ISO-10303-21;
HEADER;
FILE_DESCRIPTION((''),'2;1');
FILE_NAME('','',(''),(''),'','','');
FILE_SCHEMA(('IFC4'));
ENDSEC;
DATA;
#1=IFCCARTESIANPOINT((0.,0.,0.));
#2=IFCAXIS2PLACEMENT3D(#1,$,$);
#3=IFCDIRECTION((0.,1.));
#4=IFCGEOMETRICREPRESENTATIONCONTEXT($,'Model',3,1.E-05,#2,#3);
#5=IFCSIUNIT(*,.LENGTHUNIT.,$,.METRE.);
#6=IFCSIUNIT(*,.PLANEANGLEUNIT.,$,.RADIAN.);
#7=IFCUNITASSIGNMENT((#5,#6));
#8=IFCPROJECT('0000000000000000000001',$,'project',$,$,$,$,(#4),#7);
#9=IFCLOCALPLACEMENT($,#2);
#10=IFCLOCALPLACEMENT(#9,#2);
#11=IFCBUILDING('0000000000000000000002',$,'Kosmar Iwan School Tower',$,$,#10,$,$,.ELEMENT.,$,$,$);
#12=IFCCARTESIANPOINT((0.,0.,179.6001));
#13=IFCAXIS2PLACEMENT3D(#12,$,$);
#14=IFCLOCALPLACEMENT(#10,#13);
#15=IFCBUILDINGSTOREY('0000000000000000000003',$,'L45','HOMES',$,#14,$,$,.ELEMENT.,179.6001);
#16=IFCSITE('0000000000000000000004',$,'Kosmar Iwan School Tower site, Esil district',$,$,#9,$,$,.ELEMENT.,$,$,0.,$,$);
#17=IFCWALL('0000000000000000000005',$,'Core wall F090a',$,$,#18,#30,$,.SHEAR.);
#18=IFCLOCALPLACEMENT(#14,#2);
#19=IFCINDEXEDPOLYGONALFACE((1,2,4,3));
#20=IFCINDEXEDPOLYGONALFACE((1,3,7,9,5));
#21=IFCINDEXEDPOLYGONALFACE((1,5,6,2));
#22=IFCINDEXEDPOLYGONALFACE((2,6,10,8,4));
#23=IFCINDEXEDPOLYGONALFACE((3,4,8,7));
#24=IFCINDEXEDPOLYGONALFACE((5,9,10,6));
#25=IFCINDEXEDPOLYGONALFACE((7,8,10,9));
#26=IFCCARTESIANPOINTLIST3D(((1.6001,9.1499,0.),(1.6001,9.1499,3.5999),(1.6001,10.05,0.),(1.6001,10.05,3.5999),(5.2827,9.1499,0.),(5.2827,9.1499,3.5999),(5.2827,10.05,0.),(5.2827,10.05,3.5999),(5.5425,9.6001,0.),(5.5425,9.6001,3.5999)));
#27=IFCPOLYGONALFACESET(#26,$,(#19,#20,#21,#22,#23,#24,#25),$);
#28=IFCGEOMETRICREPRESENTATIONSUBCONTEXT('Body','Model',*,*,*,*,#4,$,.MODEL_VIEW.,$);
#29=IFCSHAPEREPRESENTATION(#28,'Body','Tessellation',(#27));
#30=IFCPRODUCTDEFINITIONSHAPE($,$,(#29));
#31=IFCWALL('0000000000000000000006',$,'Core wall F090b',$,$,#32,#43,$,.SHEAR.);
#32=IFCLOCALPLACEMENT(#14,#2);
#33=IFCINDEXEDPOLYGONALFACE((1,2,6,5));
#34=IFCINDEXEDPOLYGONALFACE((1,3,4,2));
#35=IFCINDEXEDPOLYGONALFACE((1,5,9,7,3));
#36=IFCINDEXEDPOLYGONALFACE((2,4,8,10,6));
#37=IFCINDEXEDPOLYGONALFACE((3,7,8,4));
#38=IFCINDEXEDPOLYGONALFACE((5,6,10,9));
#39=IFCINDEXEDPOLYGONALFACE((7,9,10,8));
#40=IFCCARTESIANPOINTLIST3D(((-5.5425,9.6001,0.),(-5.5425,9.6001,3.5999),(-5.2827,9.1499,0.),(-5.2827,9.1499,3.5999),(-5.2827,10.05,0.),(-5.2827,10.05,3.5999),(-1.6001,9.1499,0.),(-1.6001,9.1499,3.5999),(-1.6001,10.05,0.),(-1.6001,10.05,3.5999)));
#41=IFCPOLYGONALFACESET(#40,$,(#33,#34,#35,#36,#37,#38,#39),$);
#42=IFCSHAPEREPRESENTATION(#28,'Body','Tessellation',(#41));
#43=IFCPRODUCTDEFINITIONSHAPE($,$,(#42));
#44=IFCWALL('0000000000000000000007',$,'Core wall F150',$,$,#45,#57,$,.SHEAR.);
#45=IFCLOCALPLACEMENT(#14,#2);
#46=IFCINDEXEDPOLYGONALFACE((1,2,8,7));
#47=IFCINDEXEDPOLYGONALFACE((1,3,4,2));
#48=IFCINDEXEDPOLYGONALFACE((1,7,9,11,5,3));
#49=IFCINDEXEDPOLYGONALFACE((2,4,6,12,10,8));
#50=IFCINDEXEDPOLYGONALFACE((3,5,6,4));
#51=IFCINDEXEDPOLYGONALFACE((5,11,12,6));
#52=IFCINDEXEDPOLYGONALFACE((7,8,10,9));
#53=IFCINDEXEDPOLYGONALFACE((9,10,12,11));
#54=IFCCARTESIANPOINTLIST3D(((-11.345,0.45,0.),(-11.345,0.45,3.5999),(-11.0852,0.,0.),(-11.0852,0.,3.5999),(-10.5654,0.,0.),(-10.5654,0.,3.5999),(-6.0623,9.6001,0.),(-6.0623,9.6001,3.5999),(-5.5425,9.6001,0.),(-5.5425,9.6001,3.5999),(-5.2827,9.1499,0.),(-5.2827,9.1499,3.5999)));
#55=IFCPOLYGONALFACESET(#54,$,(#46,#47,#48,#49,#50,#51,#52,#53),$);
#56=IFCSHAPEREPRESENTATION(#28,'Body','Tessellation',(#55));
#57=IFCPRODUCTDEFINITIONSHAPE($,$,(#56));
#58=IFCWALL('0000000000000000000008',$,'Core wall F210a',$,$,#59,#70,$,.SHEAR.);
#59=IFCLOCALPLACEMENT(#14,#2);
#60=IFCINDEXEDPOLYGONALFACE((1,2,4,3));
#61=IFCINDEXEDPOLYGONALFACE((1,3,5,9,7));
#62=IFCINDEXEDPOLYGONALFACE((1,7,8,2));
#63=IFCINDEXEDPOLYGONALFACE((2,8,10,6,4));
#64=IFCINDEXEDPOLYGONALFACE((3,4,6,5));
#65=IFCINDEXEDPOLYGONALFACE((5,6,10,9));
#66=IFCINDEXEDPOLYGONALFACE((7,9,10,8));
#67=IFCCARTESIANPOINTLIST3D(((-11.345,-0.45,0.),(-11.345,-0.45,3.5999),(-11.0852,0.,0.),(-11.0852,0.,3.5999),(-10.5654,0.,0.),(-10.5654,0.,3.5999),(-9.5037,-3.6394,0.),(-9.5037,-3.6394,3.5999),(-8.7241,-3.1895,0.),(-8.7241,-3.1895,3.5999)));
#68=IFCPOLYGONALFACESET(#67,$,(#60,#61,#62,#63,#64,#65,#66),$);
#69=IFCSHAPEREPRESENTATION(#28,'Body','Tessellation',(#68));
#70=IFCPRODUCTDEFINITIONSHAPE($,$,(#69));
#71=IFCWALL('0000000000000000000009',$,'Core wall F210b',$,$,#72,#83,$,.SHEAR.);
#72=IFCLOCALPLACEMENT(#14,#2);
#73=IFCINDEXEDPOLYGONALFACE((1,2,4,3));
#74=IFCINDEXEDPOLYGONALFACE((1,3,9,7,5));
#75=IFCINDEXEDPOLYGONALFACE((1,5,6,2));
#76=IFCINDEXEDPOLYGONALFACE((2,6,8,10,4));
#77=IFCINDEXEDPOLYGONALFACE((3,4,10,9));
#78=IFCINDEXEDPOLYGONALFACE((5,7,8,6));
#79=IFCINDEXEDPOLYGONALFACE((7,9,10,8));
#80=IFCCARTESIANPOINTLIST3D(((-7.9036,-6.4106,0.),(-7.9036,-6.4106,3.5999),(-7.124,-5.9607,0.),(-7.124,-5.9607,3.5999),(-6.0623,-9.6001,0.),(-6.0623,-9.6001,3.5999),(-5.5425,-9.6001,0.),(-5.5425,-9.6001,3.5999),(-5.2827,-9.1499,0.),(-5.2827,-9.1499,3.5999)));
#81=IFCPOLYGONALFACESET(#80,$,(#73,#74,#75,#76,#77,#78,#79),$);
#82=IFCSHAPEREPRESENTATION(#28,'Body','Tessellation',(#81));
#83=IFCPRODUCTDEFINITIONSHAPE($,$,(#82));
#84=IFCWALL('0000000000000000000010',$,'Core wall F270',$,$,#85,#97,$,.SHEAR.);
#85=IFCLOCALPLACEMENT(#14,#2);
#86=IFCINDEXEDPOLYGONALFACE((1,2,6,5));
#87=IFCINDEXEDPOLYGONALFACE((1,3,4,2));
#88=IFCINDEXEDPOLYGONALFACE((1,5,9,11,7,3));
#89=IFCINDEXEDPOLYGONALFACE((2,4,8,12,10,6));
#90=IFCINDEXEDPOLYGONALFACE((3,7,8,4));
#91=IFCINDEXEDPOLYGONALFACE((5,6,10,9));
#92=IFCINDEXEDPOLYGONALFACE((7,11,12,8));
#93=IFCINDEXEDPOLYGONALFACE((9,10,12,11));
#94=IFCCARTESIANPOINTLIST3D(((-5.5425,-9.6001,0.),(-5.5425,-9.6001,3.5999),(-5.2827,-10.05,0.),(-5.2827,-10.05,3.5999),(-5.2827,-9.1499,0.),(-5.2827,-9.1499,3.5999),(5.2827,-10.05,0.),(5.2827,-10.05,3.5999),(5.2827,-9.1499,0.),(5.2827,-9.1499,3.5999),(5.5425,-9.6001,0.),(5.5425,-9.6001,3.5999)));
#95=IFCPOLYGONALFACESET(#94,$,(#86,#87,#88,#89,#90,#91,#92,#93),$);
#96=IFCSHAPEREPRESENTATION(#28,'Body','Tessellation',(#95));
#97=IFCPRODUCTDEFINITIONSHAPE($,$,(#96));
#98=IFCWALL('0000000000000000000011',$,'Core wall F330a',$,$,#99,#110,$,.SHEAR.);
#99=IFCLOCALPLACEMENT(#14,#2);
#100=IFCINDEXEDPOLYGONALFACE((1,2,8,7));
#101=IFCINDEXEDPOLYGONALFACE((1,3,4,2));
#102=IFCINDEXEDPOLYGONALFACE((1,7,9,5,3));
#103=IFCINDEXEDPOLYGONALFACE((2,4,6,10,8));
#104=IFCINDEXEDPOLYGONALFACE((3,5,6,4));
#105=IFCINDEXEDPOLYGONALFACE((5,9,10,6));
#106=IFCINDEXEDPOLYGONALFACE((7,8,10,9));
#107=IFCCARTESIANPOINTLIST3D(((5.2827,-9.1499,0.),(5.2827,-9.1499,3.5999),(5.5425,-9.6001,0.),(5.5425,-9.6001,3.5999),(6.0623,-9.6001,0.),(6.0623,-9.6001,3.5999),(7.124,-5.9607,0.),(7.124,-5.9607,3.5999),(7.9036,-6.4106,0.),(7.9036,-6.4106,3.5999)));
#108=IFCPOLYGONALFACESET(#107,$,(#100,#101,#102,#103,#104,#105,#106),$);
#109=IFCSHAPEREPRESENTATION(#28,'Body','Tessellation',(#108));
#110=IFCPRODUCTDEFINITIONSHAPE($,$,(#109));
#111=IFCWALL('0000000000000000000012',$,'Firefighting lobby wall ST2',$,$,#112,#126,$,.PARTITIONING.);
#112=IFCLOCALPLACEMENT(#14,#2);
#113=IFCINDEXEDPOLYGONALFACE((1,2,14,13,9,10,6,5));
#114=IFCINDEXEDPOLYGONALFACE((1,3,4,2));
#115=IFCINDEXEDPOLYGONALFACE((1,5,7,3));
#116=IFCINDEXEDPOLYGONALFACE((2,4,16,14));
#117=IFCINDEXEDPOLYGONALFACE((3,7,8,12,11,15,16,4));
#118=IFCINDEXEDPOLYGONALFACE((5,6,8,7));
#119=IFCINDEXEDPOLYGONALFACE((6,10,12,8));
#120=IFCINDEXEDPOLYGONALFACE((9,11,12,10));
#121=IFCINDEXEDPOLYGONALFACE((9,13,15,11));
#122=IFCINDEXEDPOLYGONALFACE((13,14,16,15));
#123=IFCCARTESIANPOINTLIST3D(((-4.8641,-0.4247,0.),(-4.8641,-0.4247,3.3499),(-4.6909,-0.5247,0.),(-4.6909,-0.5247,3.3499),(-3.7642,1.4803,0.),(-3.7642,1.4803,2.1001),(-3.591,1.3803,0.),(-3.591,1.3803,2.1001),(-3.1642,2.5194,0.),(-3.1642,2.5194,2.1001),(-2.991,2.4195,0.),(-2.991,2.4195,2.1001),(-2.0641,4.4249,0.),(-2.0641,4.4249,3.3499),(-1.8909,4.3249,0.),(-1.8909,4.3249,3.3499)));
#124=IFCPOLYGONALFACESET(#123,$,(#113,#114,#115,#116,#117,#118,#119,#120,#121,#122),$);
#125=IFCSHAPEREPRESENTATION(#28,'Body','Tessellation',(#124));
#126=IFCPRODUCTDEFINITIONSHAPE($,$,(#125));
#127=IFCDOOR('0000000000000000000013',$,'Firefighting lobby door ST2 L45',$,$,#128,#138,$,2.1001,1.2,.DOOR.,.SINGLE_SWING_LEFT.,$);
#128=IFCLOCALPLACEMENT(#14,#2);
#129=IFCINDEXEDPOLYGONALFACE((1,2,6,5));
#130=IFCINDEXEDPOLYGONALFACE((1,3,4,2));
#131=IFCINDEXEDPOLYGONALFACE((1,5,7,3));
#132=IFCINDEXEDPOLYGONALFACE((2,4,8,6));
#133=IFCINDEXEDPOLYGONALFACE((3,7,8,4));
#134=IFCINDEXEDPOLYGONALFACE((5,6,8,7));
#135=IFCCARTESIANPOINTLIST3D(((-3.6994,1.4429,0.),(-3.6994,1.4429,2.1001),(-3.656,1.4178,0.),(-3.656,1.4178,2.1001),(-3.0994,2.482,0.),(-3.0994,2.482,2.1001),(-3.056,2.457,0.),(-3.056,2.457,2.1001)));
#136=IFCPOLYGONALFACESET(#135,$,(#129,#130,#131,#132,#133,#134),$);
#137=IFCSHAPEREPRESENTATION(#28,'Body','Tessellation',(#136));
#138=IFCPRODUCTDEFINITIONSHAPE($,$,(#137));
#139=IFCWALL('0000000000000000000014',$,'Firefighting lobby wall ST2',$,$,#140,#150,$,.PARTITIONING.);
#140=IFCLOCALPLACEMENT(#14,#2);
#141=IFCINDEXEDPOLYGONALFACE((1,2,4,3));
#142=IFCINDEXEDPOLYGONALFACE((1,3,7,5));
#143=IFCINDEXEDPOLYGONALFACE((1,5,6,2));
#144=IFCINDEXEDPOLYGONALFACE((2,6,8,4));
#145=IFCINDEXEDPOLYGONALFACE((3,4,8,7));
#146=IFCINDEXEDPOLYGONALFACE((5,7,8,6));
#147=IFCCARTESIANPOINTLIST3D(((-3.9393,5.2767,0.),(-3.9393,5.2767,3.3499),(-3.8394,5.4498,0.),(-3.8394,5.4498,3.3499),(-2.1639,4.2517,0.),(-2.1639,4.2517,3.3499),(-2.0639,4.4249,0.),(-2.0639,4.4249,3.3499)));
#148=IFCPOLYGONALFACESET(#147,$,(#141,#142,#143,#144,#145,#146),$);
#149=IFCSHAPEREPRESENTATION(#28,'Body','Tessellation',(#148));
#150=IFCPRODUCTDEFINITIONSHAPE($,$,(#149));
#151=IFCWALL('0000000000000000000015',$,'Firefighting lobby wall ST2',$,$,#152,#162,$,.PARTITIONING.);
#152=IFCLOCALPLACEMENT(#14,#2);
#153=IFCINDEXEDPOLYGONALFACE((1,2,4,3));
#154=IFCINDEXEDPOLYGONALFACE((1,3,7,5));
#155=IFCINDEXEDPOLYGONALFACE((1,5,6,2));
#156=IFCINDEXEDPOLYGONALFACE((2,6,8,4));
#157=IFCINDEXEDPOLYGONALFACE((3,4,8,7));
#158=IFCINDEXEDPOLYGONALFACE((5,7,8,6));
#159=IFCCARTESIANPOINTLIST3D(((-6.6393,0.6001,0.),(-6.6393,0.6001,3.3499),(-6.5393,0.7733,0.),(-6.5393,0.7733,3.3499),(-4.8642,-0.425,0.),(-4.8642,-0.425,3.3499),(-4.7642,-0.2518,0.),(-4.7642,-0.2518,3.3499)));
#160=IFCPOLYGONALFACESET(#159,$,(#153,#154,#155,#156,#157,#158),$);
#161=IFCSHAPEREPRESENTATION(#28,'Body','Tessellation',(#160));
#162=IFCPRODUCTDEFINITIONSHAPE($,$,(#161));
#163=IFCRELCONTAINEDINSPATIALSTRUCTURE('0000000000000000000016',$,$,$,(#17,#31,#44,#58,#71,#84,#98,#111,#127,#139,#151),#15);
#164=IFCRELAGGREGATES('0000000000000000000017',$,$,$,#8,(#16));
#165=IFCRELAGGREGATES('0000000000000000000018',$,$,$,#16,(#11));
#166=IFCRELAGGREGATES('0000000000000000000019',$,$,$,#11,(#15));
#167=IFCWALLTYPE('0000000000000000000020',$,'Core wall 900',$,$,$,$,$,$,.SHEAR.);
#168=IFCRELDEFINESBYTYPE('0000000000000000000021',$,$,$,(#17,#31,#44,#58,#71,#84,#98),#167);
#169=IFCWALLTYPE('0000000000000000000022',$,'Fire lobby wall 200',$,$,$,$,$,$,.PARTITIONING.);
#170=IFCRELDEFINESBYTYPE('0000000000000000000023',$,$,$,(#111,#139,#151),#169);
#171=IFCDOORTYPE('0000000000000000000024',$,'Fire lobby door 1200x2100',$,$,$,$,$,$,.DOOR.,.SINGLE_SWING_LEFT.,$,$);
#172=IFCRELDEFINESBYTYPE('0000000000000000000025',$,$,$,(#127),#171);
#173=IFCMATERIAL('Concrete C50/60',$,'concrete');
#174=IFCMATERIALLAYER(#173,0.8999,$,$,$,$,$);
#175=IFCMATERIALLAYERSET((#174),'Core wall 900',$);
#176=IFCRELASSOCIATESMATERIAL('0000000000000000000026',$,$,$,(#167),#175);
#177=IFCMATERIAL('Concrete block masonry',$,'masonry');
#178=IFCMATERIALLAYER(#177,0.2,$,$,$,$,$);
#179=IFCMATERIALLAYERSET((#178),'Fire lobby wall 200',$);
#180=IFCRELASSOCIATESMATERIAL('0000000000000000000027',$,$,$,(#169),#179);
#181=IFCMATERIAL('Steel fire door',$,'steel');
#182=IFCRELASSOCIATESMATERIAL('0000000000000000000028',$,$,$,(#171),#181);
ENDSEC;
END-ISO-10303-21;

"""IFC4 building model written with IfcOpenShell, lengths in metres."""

from ifc_helpers import new_model, si_unit, direction, frame, frame_2d, origin, place, context, subcontext, project, spatial, polyline, rectangle, outline, extrude, material, layer, layer_set, type_object, element, fill, save


model = new_model("IFC4")

# Units and contexts
model_context = context("Model", 3, precision=1e-05, world=origin(), true_north=direction((0.0, 1.0)))
body_context = subcontext(model_context, "Body", "Model", "MODEL_VIEW")
ifc_project = project(units=[si_unit("LENGTHUNIT", "METRE"), si_unit("PLANEANGLEUNIT", "RADIAN")], contexts=[model_context])

# Site, building, storey
site_placement = place(None, origin())
site = spatial("IfcSite", under=ifc_project, at=site_placement, Name="Kosmar Iwan School Tower site, Esil district", CompositionType="ELEMENT", RefElevation=0.0)
building_placement = place(site_placement, origin())
building = spatial("IfcBuilding", under=site, at=building_placement, Name="Kosmar Iwan School Tower", CompositionType="ELEMENT")
storey_placement = place(building_placement, frame((0.0, 0.0, 179.6001)))
storey = spatial("IfcBuildingStorey", under=building, at=storey_placement, Name="L45", Description="HOMES", CompositionType="ELEMENT", Elevation=179.6001)

# Walls
ifc_material_1 = material(Name="Concrete C50/60", Category="concrete")
ifc_layer_1 = layer(ifc_material_1, 0.8999)
ifc_layer_set_1 = layer_set([ifc_layer_1], Name="Core wall 900")
wall_type_1 = type_object("IfcWallType", Name="Core wall 900", PredefinedType="SHEAR", material=ifc_layer_set_1)
wall_1_placement = place(storey_placement, origin())
element("IfcWall", 1, at=wall_1_placement, inside=storey, type_object=wall_type_1, Name="Core wall F090a", PredefinedType="SHEAR", context=body_context, shape_type="SweptSolid", body=[
    extrude(outline(polyline([(1.6001, 9.1499), (5.2827, 9.1499), (5.5425, 9.6001), (5.2827, 10.05), (1.6001, 10.05), (1.6001, 9.1499)])), origin(), (0.0, 0.0, 1.0), 3.5999),
])
wall_2_placement = place(storey_placement, origin())
element("IfcWall", 2, at=wall_2_placement, inside=storey, type_object=wall_type_1, Name="Core wall F090b", PredefinedType="SHEAR", context=body_context, shape_type="SweptSolid", body=[
    extrude(outline(polyline([(-5.2827, 9.1499), (-1.6001, 9.1499), (-1.6001, 10.05), (-5.2827, 10.05), (-5.5425, 9.6001), (-5.2827, 9.1499)])), origin(), (0.0, 0.0, 1.0), 3.5999),
])
wall_3_placement = place(storey_placement, origin())
element("IfcWall", 3, at=wall_3_placement, inside=storey, type_object=wall_type_1, Name="Core wall F150", PredefinedType="SHEAR", context=body_context, shape_type="SweptSolid", body=[
    extrude(outline(polyline([(-11.0852, 0.0), (-10.5654, 0.0), (-5.2827, 9.1499), (-5.5425, 9.6001), (-6.0623, 9.6001), (-11.345, 0.45), (-11.0852, 0.0)])), origin(), (0.0, 0.0, 1.0), 3.5999),
])
wall_4_placement = place(storey_placement, origin())
element("IfcWall", 4, at=wall_4_placement, inside=storey, type_object=wall_type_1, Name="Core wall F210a", PredefinedType="SHEAR", context=body_context, shape_type="SweptSolid", body=[
    extrude(outline(polyline([(-9.5037, -3.6394), (-8.7241, -3.1895), (-10.5654, 0.0), (-11.0852, 0.0), (-11.345, -0.45), (-9.5037, -3.6394)])), origin(), (0.0, 0.0, 1.0), 3.5999),
])
wall_5_placement = place(storey_placement, origin())
element("IfcWall", 5, at=wall_5_placement, inside=storey, type_object=wall_type_1, Name="Core wall F210b", PredefinedType="SHEAR", context=body_context, shape_type="SweptSolid", body=[
    extrude(outline(polyline([(-6.0623, -9.6001), (-5.5425, -9.6001), (-5.2827, -9.1499), (-7.124, -5.9607), (-7.9036, -6.4106), (-6.0623, -9.6001)])), origin(), (0.0, 0.0, 1.0), 3.5999),
])
wall_6_placement = place(storey_placement, origin())
element("IfcWall", 6, at=wall_6_placement, inside=storey, type_object=wall_type_1, Name="Core wall F270", PredefinedType="SHEAR", context=body_context, shape_type="SweptSolid", body=[
    extrude(outline(polyline([(-5.2827, -10.05), (5.2827, -10.05), (5.5425, -9.6001), (5.2827, -9.1499), (-5.2827, -9.1499), (-5.5425, -9.6001), (-5.2827, -10.05)])), origin(), (0.0, 0.0, 1.0), 3.5999),
])
wall_7_placement = place(storey_placement, origin())
element("IfcWall", 7, at=wall_7_placement, inside=storey, type_object=wall_type_1, Name="Core wall F330a", PredefinedType="SHEAR", context=body_context, shape_type="SweptSolid", body=[
    extrude(outline(polyline([(5.5425, -9.6001), (6.0623, -9.6001), (7.9036, -6.4106), (7.124, -5.9607), (5.2827, -9.1499), (5.5425, -9.6001)])), origin(), (0.0, 0.0, 1.0), 3.5999),
])

# Wall, opening, door
ifc_material_2 = material(Name="Concrete block masonry", Category="masonry")
ifc_layer_2 = layer(ifc_material_2, 0.2)
ifc_layer_set_2 = layer_set([ifc_layer_2], Name="Fire lobby wall 200")
wall_type_2 = type_object("IfcWallType", Name="Fire lobby wall 200", PredefinedType="PARTITIONING", material=ifc_layer_set_2)
wall_8_placement = place(storey_placement, frame((-1.9775, 4.3748, 0.0), z_axis=(0.0, 0.0, 1.0), x_axis=(-0.500017, -0.866016, 0.0)))
wall_8 = element("IfcWall", 8, at=wall_8_placement, inside=storey, type_object=wall_type_2, Name="Firefighting lobby wall ST2", PredefinedType="PARTITIONING", context=body_context, shape_type="SweptSolid", body=[
    extrude(rectangle(XDim=5.5999, YDim=0.2, at=frame_2d((2.7998, 0.0))), origin(), (0.0, 0.0, 1.0), 3.3499),
])
opening_1_placement = place(wall_8_placement, frame((2.2, 0.0, 0.0)))
opening_1 = element("IfcOpeningElement", 9, at=opening_1_placement, cuts=wall_8, PredefinedType="OPENING", context=body_context, shape_type="SweptSolid", body=[
    extrude(rectangle(XDim=1.2, YDim=2.1001, at=frame_2d((0.6001, 1.05))), frame((0.0, 0.1121, 0.0), z_axis=(0.0, -1.0, 0.0), x_axis=(1.0, 0.0, 0.0)), (0.0, 0.0, 1.0), 0.2239),
])
ifc_material_3 = material(Name="Steel fire door", Category="steel")
door_type_1 = type_object("IfcDoorType", Name="Fire lobby door 1200x2100", OperationType="SINGLE_SWING_LEFT", PredefinedType="DOOR", material=ifc_material_3)
door_1_placement = place(opening_1_placement, origin())
door_1 = element("IfcDoor", 10, at=door_1_placement, inside=storey, type_object=door_type_1, Name="Firefighting lobby door ST2 L45", OperationType="SINGLE_SWING_LEFT", OverallHeight=2.1001, OverallWidth=1.2, PredefinedType="DOOR", context=body_context, shape_type="SweptSolid", body=[
    extrude(rectangle(XDim=1.2, YDim=2.1001, at=frame_2d((0.6001, 1.05))), frame((0.0, 0.0249, 0.0), z_axis=(0.0, -1.0, 0.0), x_axis=(1.0, 0.0, 0.0)), (0.0, 0.0, 1.0), 0.05),
])
fill(opening_1, door_1)

# Walls
wall_9_placement = place(storey_placement, frame((-2.114, 4.3384, 0.0), z_axis=(0.0, 0.0, 1.0), x_axis=(-0.866051, 0.499956, 0.0)))
element("IfcWall", 11, at=wall_9_placement, inside=storey, type_object=wall_type_2, Name="Firefighting lobby wall ST2", PredefinedType="PARTITIONING", context=body_context, shape_type="SweptSolid", body=[
    extrude(rectangle(XDim=2.05, YDim=0.2, at=frame_2d((1.0249, 0.0))), origin(), (0.0, 0.0, 1.0), 3.3499),
])
wall_10_placement = place(storey_placement, frame((-4.8142, -0.3384, 0.0), z_axis=(0.0, 0.0, 1.0), x_axis=(-0.865969, 0.500097, 0.0)))
element("IfcWall", 12, at=wall_10_placement, inside=storey, type_object=wall_type_2, Name="Firefighting lobby wall ST2", PredefinedType="PARTITIONING", context=body_context, shape_type="SweptSolid", body=[
    extrude(rectangle(XDim=2.0498, YDim=0.2, at=frame_2d((1.0249, 0.0))), origin(), (0.0, 0.0, 1.0), 3.3499),
])

save(model, "model.ifc")
